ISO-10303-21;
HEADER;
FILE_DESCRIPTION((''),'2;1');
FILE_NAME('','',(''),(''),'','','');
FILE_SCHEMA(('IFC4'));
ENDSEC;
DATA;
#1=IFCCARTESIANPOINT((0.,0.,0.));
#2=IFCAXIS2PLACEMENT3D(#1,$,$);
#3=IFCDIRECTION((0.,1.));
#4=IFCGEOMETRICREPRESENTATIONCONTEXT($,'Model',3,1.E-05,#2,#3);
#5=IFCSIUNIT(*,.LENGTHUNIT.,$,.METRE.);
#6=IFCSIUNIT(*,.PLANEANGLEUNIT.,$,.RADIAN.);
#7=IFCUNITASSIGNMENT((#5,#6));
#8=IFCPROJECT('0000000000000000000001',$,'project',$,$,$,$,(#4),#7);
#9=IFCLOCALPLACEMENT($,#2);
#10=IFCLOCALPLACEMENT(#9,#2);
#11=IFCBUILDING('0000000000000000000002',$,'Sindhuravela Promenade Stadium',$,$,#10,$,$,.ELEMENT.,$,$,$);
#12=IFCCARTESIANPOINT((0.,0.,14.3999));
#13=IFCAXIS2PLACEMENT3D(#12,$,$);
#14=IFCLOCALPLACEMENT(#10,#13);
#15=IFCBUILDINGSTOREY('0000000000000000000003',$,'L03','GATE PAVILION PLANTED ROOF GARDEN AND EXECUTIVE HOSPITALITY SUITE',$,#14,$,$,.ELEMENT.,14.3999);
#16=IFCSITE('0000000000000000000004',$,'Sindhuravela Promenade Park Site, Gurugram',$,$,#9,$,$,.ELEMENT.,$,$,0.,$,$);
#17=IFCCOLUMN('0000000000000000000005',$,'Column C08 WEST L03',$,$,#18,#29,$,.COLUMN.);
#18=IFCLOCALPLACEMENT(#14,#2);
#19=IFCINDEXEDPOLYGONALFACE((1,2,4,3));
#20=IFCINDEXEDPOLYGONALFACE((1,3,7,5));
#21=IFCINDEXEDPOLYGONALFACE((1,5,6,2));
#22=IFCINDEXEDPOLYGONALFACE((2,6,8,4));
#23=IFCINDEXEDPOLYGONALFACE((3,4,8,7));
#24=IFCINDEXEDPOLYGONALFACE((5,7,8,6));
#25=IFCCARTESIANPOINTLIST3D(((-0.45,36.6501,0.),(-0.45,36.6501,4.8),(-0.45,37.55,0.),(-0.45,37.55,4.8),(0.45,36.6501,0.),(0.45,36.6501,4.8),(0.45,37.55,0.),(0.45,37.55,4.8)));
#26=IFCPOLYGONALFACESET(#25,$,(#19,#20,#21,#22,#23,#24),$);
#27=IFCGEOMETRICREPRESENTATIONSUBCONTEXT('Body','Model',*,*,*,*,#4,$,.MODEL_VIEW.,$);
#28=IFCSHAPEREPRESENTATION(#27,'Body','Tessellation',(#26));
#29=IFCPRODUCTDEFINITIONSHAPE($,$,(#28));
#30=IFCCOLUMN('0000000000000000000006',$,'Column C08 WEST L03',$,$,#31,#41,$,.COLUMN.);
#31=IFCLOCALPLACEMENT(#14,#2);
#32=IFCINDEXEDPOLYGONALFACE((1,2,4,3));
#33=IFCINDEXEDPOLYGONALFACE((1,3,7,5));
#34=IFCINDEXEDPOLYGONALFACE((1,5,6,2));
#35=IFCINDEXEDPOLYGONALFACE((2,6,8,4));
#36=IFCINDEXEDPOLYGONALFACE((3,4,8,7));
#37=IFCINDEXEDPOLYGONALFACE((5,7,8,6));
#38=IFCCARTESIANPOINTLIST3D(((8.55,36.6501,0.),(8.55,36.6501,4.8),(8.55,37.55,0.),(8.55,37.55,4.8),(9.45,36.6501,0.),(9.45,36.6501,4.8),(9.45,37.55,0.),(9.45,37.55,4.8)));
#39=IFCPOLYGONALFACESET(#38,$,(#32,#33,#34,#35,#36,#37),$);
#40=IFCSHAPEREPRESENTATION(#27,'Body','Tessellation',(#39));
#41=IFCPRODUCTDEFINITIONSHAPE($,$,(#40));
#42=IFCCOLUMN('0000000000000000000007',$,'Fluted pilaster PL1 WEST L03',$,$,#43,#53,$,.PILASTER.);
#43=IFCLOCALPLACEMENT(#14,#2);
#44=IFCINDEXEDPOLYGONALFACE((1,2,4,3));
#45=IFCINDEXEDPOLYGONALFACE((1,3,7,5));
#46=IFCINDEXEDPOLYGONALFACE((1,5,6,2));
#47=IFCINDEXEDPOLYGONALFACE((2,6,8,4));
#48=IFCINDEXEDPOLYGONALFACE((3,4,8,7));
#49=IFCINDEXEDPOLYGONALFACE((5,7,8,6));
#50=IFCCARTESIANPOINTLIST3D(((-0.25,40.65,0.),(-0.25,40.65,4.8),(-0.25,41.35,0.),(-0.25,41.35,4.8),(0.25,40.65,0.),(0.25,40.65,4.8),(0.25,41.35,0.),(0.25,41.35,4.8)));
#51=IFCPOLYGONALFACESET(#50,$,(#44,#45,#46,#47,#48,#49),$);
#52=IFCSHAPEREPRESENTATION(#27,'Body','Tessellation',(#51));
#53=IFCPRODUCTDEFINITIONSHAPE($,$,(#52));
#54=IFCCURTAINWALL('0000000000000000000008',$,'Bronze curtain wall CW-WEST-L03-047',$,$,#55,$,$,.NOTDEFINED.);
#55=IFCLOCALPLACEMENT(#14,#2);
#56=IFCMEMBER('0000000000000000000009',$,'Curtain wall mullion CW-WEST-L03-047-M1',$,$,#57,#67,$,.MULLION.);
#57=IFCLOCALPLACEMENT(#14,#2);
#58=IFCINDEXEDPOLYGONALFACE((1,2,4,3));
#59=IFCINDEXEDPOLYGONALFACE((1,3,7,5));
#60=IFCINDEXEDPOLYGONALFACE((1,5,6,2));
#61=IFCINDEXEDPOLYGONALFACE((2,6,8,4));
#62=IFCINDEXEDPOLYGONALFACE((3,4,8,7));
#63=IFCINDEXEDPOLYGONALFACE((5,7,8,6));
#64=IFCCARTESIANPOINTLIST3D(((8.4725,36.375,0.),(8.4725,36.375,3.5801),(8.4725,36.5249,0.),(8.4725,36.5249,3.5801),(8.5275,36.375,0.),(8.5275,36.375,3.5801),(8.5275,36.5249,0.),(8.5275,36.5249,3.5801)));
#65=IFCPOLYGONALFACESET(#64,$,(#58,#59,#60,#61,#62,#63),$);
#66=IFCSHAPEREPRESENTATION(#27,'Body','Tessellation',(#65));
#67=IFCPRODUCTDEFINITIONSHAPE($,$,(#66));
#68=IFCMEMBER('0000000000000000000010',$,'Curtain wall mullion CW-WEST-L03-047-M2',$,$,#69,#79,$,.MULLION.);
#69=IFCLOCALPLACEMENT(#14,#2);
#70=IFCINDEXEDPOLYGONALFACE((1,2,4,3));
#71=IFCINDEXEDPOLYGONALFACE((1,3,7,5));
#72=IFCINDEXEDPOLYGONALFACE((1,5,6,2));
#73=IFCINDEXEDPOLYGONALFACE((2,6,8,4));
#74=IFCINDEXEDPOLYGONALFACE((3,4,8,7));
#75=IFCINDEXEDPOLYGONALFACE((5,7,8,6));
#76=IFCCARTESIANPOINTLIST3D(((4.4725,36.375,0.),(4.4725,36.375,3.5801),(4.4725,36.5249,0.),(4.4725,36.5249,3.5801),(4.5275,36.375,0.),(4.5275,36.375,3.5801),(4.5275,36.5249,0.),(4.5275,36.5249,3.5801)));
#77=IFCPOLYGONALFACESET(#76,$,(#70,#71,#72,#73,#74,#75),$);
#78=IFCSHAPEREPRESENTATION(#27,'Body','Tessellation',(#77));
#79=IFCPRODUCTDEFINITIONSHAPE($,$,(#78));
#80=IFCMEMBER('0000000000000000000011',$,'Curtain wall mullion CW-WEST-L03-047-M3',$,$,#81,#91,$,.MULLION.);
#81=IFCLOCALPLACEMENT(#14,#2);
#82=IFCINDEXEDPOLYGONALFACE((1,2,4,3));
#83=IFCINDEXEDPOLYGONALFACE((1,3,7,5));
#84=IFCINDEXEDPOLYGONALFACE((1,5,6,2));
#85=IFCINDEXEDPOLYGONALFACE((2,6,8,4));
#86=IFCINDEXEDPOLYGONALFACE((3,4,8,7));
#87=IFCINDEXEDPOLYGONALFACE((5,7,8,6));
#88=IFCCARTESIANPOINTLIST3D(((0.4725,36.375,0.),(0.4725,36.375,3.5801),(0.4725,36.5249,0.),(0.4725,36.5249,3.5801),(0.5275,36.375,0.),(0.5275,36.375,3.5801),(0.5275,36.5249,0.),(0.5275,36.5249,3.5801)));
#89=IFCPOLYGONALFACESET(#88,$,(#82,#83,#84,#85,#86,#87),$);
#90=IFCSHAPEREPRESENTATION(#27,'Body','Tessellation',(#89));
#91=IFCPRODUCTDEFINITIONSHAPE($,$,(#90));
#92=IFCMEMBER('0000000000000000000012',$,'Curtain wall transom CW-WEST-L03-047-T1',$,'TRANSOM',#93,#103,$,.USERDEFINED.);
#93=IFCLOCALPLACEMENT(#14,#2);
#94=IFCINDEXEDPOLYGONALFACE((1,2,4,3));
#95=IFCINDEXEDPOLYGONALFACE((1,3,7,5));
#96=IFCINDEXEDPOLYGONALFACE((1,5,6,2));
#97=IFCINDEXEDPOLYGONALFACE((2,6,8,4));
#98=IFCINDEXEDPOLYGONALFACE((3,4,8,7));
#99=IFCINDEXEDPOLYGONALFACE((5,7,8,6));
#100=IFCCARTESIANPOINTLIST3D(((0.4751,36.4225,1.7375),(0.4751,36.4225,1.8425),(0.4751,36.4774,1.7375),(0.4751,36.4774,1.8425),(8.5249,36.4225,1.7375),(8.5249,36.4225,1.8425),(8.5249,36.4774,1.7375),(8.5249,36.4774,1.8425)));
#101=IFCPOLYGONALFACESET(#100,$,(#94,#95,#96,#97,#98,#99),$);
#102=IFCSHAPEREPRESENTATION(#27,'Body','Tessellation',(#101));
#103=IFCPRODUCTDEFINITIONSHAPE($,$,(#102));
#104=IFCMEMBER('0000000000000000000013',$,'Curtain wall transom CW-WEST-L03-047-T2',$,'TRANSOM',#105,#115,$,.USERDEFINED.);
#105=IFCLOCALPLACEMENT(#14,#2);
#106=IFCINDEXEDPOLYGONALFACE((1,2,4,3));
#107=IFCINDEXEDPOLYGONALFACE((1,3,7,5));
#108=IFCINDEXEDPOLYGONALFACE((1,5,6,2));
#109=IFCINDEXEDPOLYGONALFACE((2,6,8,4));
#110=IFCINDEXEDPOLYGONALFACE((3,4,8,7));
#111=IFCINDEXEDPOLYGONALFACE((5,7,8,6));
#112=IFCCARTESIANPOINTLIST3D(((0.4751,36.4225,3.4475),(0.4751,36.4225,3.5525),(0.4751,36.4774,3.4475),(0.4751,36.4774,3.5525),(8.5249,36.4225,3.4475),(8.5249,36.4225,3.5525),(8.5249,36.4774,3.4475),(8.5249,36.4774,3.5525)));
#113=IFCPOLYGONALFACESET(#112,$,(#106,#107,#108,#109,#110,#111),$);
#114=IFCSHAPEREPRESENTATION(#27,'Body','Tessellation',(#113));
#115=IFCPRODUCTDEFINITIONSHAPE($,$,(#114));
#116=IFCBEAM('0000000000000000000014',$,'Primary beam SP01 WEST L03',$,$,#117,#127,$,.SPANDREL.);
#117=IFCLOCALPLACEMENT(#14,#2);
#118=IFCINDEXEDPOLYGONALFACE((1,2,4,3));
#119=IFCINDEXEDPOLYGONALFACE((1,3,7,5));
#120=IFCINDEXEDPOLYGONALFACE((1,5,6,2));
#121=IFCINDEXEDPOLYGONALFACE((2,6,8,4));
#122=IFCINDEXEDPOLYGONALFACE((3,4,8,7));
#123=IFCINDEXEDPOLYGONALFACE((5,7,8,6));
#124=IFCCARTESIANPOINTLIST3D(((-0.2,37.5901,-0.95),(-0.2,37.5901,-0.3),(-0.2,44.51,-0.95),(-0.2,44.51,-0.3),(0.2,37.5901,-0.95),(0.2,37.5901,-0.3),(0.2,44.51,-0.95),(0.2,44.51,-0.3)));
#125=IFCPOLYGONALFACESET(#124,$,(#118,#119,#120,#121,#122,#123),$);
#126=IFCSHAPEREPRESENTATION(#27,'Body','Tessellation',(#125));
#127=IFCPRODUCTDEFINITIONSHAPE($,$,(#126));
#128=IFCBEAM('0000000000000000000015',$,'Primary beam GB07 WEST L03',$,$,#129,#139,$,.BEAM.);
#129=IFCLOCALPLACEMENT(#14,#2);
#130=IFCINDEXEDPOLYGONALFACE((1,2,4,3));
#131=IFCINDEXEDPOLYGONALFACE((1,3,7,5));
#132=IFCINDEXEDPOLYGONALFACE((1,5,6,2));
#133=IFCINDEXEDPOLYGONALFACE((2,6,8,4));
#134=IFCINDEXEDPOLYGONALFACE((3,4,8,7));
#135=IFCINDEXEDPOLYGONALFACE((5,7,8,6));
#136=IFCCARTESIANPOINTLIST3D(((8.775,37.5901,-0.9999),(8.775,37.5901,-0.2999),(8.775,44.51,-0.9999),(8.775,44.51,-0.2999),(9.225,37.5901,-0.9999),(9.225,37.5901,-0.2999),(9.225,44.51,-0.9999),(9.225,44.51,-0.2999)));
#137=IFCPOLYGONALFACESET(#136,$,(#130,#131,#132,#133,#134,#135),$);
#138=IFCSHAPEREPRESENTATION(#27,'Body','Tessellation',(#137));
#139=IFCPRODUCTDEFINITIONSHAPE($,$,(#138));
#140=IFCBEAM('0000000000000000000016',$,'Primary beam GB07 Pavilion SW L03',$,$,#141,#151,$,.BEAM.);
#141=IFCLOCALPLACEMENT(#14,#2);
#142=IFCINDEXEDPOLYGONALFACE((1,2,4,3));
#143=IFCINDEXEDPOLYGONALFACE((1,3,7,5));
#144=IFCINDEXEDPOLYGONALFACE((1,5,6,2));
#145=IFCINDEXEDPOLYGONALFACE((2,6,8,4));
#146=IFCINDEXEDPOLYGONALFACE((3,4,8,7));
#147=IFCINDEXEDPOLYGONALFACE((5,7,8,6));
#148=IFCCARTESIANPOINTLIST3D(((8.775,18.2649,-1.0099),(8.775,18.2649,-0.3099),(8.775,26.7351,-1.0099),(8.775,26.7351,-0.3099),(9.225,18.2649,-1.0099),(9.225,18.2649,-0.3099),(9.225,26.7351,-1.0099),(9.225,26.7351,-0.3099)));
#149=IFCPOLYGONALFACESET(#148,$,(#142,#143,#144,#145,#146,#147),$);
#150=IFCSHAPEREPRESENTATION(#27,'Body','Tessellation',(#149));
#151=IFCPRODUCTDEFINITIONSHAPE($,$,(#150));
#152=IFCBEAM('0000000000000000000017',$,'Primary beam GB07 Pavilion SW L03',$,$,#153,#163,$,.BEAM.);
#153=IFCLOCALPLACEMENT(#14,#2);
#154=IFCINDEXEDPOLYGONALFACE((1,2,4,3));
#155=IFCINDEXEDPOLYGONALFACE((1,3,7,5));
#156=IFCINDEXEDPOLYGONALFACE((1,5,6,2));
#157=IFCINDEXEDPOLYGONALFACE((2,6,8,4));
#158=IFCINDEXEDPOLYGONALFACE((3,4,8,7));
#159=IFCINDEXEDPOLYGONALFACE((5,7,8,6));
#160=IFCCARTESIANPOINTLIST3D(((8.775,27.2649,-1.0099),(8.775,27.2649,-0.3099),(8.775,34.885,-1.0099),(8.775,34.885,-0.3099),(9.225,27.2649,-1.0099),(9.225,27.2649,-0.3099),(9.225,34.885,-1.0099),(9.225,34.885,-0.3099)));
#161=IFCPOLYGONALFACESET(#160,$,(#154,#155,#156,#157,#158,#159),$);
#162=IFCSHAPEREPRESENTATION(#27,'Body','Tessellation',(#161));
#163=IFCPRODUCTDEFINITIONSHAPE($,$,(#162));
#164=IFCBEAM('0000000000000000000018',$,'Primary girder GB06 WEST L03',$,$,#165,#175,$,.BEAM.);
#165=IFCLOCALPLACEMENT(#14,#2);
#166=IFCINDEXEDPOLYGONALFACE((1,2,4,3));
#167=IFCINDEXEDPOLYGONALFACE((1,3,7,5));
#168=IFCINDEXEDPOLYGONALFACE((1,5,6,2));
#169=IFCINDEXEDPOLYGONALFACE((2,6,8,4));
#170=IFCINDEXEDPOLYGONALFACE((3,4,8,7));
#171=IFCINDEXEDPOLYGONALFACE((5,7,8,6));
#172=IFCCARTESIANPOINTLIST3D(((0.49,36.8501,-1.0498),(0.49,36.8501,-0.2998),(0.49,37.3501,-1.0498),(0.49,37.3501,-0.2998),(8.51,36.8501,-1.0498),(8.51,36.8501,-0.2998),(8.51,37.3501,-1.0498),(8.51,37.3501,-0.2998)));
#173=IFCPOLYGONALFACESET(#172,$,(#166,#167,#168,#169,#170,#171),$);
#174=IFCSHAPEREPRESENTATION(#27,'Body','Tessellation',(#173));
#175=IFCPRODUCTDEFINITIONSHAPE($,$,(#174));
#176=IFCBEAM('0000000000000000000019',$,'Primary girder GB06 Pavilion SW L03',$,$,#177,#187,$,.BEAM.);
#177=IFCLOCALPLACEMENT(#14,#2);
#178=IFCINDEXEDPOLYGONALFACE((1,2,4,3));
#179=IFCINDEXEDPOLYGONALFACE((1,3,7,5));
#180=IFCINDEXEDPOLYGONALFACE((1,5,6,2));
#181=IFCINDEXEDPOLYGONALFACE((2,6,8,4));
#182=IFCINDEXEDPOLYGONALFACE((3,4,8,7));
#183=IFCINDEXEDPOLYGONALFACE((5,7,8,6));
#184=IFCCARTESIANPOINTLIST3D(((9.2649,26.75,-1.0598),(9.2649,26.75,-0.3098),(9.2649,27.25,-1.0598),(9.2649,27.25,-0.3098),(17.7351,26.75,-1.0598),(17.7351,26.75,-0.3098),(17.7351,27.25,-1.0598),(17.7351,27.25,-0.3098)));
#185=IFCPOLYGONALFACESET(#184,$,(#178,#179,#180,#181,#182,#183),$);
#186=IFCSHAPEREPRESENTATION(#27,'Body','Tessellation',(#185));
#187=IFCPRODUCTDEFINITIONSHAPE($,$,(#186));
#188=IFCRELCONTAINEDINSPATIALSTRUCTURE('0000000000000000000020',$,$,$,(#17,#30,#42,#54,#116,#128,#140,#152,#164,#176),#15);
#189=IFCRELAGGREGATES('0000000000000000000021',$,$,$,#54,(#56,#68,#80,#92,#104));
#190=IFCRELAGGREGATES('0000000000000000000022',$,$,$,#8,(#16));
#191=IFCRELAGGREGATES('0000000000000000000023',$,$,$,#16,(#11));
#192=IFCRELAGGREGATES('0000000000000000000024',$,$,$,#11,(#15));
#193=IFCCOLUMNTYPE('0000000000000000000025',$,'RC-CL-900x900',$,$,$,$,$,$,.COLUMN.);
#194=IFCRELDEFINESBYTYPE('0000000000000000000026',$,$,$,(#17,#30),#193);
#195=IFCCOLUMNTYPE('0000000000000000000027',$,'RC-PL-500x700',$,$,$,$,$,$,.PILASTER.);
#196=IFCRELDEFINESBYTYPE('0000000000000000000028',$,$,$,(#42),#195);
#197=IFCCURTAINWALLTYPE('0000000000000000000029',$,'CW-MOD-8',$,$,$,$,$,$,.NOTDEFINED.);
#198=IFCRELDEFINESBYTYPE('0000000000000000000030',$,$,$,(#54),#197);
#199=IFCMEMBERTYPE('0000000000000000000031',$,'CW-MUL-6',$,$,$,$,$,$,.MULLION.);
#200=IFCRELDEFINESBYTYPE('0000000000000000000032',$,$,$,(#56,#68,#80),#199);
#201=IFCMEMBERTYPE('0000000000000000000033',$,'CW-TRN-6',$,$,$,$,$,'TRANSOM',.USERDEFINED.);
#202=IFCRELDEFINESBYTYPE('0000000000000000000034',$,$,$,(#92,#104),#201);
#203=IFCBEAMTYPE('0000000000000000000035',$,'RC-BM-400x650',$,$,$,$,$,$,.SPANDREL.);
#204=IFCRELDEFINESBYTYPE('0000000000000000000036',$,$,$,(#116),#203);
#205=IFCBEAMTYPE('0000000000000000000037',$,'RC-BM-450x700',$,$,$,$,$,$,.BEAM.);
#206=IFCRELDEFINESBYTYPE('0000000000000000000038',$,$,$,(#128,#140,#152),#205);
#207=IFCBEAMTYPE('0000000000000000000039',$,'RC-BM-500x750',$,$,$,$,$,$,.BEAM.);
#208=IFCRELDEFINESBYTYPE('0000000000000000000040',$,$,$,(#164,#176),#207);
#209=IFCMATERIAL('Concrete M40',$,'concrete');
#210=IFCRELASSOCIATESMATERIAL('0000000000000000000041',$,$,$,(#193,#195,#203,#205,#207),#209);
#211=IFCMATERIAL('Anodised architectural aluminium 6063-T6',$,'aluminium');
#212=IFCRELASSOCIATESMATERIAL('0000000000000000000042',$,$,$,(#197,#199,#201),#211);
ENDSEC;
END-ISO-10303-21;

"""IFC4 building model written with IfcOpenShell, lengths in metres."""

from ifc_helpers import new_model, si_unit, direction, frame, origin, origin_2d, place, context, subcontext, project, spatial, rectangle, extrude, material, material_profile, profile_set, type_object, element, aggregate, save


model = new_model("IFC4")

# Units and contexts
model_context = context("Model", 3, precision=1e-05, world=origin(), true_north=direction((0.0, 1.0)))
body_context = subcontext(model_context, "Body", "Model", "MODEL_VIEW")
ifc_project = project(units=[si_unit("LENGTHUNIT", "METRE"), si_unit("PLANEANGLEUNIT", "RADIAN")], contexts=[model_context])

# Site, building, storey
site_placement = place(None, origin())
site = spatial("IfcSite", under=ifc_project, at=site_placement, Name="Sindhuravela Promenade Park Site, Gurugram", CompositionType="ELEMENT", RefElevation=0.0)
building_placement = place(site_placement, origin())
building = spatial("IfcBuilding", under=site, at=building_placement, Name="Sindhuravela Promenade Stadium", CompositionType="ELEMENT")
storey_placement = place(building_placement, frame((0.0, 0.0, 14.3999)))
storey = spatial("IfcBuildingStorey", under=building, at=storey_placement, Name="L03", Description="GATE PAVILION PLANTED ROOF GARDEN AND EXECUTIVE HOSPITALITY SUITE", CompositionType="ELEMENT", Elevation=14.3999)

# Columns
ifc_material_1 = material(Name="Concrete M40", Category="concrete")
ifc_material_profile_1 = material_profile(ifc_material_1, rectangle(XDim=0.8999, YDim=0.8999, at=origin_2d()), Name="RC 900x900")
ifc_profile_set_1 = profile_set([ifc_material_profile_1], Name="Concrete M40")
column_type_1 = type_object("IfcColumnType", Name="RC-CL-900x900", PredefinedType="COLUMN", material=ifc_profile_set_1)
for number, where, z_axis, x_axis, name in (
    (1, (0.0, 37.1001, 0.0), (0.0, 0.0, 1.0), (1.0, 0.0, 0.0), "Column C08 WEST L03"),
    (2, (9.0, 37.1001, 0.0), (0.0, 0.0, 1.0), (1.0, 0.0, 0.0), "Column C08 WEST L03"),
):
    element("IfcColumn", number, at=place(storey_placement, frame(where, z_axis=z_axis, x_axis=x_axis)), inside=storey, type_object=column_type_1, Name=name, PredefinedType="COLUMN", context=body_context, shape_type="SweptSolid", body=[
        extrude(rectangle(XDim=0.8999, YDim=0.8999, at=origin_2d()), origin(), (0.0, 0.0, 1.0), 4.8),
    ])
ifc_material_profile_2 = material_profile(ifc_material_1, rectangle(XDim=0.5, YDim=0.7, at=origin_2d()), Name="PIL 500x700")
ifc_profile_set_2 = profile_set([ifc_material_profile_2], Name="Concrete M40")
column_type_2 = type_object("IfcColumnType", Name="RC-PL-500x700", PredefinedType="PILASTER", material=ifc_profile_set_2)
column_placement = place(storey_placement, frame((0.0, 41.0, 0.0), z_axis=(0.0, 0.0, 1.0), x_axis=(1.0, 0.0, 0.0)))
element("IfcColumn", 3, at=column_placement, inside=storey, type_object=column_type_2, Name="Fluted pilaster PL1 WEST L03", PredefinedType="PILASTER", context=body_context, shape_type="SweptSolid", body=[
    extrude(rectangle(XDim=0.5, YDim=0.7, at=origin_2d()), origin(), (0.0, 0.0, 1.0), 4.8),
])

# Curtain wall, members
ifc_material_2 = material(Name="Anodised architectural aluminium 6063-T6", Category="aluminium")
curtain_wall_type = type_object("IfcCurtainWallType", Name="CW-MOD-8", PredefinedType="NOTDEFINED", material=ifc_material_2)
curtain_wall_placement = place(storey_placement, origin())
curtain_wall = element("IfcCurtainWall", 4, at=curtain_wall_placement, inside=storey, type_object=curtain_wall_type, Name="Bronze curtain wall CW-WEST-L03-047", PredefinedType="NOTDEFINED")
ifc_material_profile_3 = material_profile(ifc_material_2, rectangle(XDim=0.0549, YDim=0.1499, at=origin_2d()), Name="ALU M55x150")
ifc_profile_set_3 = profile_set([ifc_material_profile_3], Name="Anodised architectural aluminium 6063-T6")
member_type_1 = type_object("IfcMemberType", Name="CW-MUL-6", PredefinedType="MULLION", material=ifc_profile_set_3)
member_1_placement = place(storey_placement, frame((8.5, 36.45, 0.0), z_axis=(0.0, 0.0, 1.0), x_axis=(1.0, 0.0, 0.0)))
member_1 = element("IfcMember", 5, at=member_1_placement, type_object=member_type_1, Name="Curtain wall mullion CW-WEST-L03-047-M1", PredefinedType="MULLION", context=body_context, shape_type="SweptSolid", body=[
    extrude(rectangle(XDim=0.0549, YDim=0.1499, at=origin_2d()), origin(), (0.0, 0.0, 1.0), 3.5801),
])
member_2_placement = place(storey_placement, frame((4.5, 36.45, 0.0), z_axis=(0.0, 0.0, 1.0), x_axis=(1.0, 0.0, 0.0)))
member_2 = element("IfcMember", 6, at=member_2_placement, type_object=member_type_1, Name="Curtain wall mullion CW-WEST-L03-047-M2", PredefinedType="MULLION", context=body_context, shape_type="SweptSolid", body=[
    extrude(rectangle(XDim=0.0549, YDim=0.1499, at=origin_2d()), origin(), (0.0, 0.0, 1.0), 3.5801),
])
member_3_placement = place(storey_placement, frame((0.5, 36.45, 0.0), z_axis=(0.0, 0.0, 1.0), x_axis=(1.0, 0.0, 0.0)))
member_3 = element("IfcMember", 7, at=member_3_placement, type_object=member_type_1, Name="Curtain wall mullion CW-WEST-L03-047-M3", PredefinedType="MULLION", context=body_context, shape_type="SweptSolid", body=[
    extrude(rectangle(XDim=0.0549, YDim=0.1499, at=origin_2d()), origin(), (0.0, 0.0, 1.0), 3.5801),
])
ifc_material_profile_4 = material_profile(ifc_material_2, rectangle(XDim=0.0549, YDim=0.105, at=origin_2d()), Name="ALU T55x105")
ifc_profile_set_4 = profile_set([ifc_material_profile_4], Name="Anodised architectural aluminium 6063-T6")
member_type_2 = type_object("IfcMemberType", Name="CW-TRN-6", ElementType="TRANSOM", PredefinedType="USERDEFINED", material=ifc_profile_set_4)
member_4_placement = place(storey_placement, frame((8.5249, 36.45, 1.79), z_axis=(-1.0, 0.0, 0.0), x_axis=(0.0, -1.0, 0.0)))
member_4 = element("IfcMember", 8, at=member_4_placement, type_object=member_type_2, Name="Curtain wall transom CW-WEST-L03-047-T1", ObjectType="TRANSOM", PredefinedType="USERDEFINED", context=body_context, shape_type="SweptSolid", body=[
    extrude(rectangle(XDim=0.0549, YDim=0.105, at=origin_2d()), origin(), (0.0, 0.0, 1.0), 8.0498),
])
member_5_placement = place(storey_placement, frame((8.5249, 36.45, 3.5), z_axis=(-1.0, 0.0, 0.0), x_axis=(0.0, -1.0, 0.0)))
member_5 = element("IfcMember", 9, at=member_5_placement, type_object=member_type_2, Name="Curtain wall transom CW-WEST-L03-047-T2", ObjectType="TRANSOM", PredefinedType="USERDEFINED", context=body_context, shape_type="SweptSolid", body=[
    extrude(rectangle(XDim=0.0549, YDim=0.105, at=origin_2d()), origin(), (0.0, 0.0, 1.0), 8.0498),
])

# Beams
ifc_material_profile_5 = material_profile(ifc_material_1, rectangle(XDim=0.3999, YDim=0.6499, at=origin_2d()), Name="RC 400x650")
ifc_profile_set_5 = profile_set([ifc_material_profile_5], Name="Concrete M40")
beam_type_1 = type_object("IfcBeamType", Name="RC-BM-400x650", PredefinedType="SPANDREL", material=ifc_profile_set_5)
beam_1_placement = place(storey_placement, frame((0.0, 37.5901, -0.625), z_axis=(0.0, 1.0, 0.0), x_axis=(-1.0, 0.0, 0.0)))
element("IfcBeam", 10, at=beam_1_placement, inside=storey, type_object=beam_type_1, Name="Primary beam SP01 WEST L03", PredefinedType="SPANDREL", context=body_context, shape_type="SweptSolid", body=[
    extrude(rectangle(XDim=0.3999, YDim=0.6499, at=origin_2d()), origin(), (0.0, 0.0, 1.0), 6.9199),
])
ifc_material_profile_6 = material_profile(ifc_material_1, rectangle(XDim=0.45, YDim=0.7, at=origin_2d()), Name="RC 450x700")
ifc_profile_set_6 = profile_set([ifc_material_profile_6], Name="Concrete M40")
beam_type_2 = type_object("IfcBeamType", Name="RC-BM-450x700", PredefinedType="BEAM", material=ifc_profile_set_6)
beam_2_placement = place(storey_placement, frame((9.0, 37.5901, -0.6499), z_axis=(0.0, 1.0, 0.0), x_axis=(-1.0, 0.0, 0.0)))
element("IfcBeam", 11, at=beam_2_placement, inside=storey, type_object=beam_type_2, Name="Primary beam GB07 WEST L03", PredefinedType="BEAM", context=body_context, shape_type="SweptSolid", body=[
    extrude(rectangle(XDim=0.45, YDim=0.7, at=origin_2d()), origin(), (0.0, 0.0, 1.0), 6.9199),
])
beam_3_placement = place(storey_placement, frame((9.0, 18.2649, -0.6599), z_axis=(0.0, 1.0, 0.0), x_axis=(-1.0, 0.0, 0.0)))
element("IfcBeam", 12, at=beam_3_placement, inside=storey, type_object=beam_type_2, Name="Primary beam GB07 Pavilion SW L03", PredefinedType="BEAM", context=body_context, shape_type="SweptSolid", body=[
    extrude(rectangle(XDim=0.45, YDim=0.7, at=origin_2d()), origin(), (0.0, 0.0, 1.0), 8.4702),
])
beam_4_placement = place(storey_placement, frame((9.0, 27.2649, -0.6599), z_axis=(0.0, 1.0, 0.0), x_axis=(-1.0, 0.0, 0.0)))
element("IfcBeam", 13, at=beam_4_placement, inside=storey, type_object=beam_type_2, Name="Primary beam GB07 Pavilion SW L03", PredefinedType="BEAM", context=body_context, shape_type="SweptSolid", body=[
    extrude(rectangle(XDim=0.45, YDim=0.7, at=origin_2d()), origin(), (0.0, 0.0, 1.0), 7.6201),
])
ifc_material_profile_7 = material_profile(ifc_material_1, rectangle(XDim=0.5, YDim=0.75, at=origin_2d()), Name="RC 500x750")
ifc_profile_set_7 = profile_set([ifc_material_profile_7], Name="Concrete M40")
beam_type_3 = type_object("IfcBeamType", Name="RC-BM-500x750", PredefinedType="BEAM", material=ifc_profile_set_7)
beam_5_placement = place(storey_placement, frame((0.49, 37.1001, -0.6748), z_axis=(1.0, 0.0, 0.0), x_axis=(0.0, 1.0, 0.0)))
element("IfcBeam", 14, at=beam_5_placement, inside=storey, type_object=beam_type_3, Name="Primary girder GB06 WEST L03", PredefinedType="BEAM", context=body_context, shape_type="SweptSolid", body=[
    extrude(rectangle(XDim=0.5, YDim=0.75, at=origin_2d()), origin(), (0.0, 0.0, 1.0), 8.02),
])
for number, where, z_axis, x_axis, name in (
    (15, (9.2649, 27.0, -0.6848), (1.0, 0.0, 0.0), (0.0, 1.0, 0.0), "Primary girder GB06 Pavilion SW L03"),
):
    element("IfcBeam", number, at=place(storey_placement, frame(where, z_axis=z_axis, x_axis=x_axis)), inside=storey, type_object=beam_type_3, Name=name, PredefinedType="BEAM", context=body_context, shape_type="SweptSolid", body=[
        extrude(rectangle(XDim=0.5, YDim=0.75, at=origin_2d()), origin(), (0.0, 0.0, 1.0), 8.4702),
    ])

aggregate(curtain_wall, [member_1, member_2, member_3, member_4, member_5])

save(model, "model.ifc")
